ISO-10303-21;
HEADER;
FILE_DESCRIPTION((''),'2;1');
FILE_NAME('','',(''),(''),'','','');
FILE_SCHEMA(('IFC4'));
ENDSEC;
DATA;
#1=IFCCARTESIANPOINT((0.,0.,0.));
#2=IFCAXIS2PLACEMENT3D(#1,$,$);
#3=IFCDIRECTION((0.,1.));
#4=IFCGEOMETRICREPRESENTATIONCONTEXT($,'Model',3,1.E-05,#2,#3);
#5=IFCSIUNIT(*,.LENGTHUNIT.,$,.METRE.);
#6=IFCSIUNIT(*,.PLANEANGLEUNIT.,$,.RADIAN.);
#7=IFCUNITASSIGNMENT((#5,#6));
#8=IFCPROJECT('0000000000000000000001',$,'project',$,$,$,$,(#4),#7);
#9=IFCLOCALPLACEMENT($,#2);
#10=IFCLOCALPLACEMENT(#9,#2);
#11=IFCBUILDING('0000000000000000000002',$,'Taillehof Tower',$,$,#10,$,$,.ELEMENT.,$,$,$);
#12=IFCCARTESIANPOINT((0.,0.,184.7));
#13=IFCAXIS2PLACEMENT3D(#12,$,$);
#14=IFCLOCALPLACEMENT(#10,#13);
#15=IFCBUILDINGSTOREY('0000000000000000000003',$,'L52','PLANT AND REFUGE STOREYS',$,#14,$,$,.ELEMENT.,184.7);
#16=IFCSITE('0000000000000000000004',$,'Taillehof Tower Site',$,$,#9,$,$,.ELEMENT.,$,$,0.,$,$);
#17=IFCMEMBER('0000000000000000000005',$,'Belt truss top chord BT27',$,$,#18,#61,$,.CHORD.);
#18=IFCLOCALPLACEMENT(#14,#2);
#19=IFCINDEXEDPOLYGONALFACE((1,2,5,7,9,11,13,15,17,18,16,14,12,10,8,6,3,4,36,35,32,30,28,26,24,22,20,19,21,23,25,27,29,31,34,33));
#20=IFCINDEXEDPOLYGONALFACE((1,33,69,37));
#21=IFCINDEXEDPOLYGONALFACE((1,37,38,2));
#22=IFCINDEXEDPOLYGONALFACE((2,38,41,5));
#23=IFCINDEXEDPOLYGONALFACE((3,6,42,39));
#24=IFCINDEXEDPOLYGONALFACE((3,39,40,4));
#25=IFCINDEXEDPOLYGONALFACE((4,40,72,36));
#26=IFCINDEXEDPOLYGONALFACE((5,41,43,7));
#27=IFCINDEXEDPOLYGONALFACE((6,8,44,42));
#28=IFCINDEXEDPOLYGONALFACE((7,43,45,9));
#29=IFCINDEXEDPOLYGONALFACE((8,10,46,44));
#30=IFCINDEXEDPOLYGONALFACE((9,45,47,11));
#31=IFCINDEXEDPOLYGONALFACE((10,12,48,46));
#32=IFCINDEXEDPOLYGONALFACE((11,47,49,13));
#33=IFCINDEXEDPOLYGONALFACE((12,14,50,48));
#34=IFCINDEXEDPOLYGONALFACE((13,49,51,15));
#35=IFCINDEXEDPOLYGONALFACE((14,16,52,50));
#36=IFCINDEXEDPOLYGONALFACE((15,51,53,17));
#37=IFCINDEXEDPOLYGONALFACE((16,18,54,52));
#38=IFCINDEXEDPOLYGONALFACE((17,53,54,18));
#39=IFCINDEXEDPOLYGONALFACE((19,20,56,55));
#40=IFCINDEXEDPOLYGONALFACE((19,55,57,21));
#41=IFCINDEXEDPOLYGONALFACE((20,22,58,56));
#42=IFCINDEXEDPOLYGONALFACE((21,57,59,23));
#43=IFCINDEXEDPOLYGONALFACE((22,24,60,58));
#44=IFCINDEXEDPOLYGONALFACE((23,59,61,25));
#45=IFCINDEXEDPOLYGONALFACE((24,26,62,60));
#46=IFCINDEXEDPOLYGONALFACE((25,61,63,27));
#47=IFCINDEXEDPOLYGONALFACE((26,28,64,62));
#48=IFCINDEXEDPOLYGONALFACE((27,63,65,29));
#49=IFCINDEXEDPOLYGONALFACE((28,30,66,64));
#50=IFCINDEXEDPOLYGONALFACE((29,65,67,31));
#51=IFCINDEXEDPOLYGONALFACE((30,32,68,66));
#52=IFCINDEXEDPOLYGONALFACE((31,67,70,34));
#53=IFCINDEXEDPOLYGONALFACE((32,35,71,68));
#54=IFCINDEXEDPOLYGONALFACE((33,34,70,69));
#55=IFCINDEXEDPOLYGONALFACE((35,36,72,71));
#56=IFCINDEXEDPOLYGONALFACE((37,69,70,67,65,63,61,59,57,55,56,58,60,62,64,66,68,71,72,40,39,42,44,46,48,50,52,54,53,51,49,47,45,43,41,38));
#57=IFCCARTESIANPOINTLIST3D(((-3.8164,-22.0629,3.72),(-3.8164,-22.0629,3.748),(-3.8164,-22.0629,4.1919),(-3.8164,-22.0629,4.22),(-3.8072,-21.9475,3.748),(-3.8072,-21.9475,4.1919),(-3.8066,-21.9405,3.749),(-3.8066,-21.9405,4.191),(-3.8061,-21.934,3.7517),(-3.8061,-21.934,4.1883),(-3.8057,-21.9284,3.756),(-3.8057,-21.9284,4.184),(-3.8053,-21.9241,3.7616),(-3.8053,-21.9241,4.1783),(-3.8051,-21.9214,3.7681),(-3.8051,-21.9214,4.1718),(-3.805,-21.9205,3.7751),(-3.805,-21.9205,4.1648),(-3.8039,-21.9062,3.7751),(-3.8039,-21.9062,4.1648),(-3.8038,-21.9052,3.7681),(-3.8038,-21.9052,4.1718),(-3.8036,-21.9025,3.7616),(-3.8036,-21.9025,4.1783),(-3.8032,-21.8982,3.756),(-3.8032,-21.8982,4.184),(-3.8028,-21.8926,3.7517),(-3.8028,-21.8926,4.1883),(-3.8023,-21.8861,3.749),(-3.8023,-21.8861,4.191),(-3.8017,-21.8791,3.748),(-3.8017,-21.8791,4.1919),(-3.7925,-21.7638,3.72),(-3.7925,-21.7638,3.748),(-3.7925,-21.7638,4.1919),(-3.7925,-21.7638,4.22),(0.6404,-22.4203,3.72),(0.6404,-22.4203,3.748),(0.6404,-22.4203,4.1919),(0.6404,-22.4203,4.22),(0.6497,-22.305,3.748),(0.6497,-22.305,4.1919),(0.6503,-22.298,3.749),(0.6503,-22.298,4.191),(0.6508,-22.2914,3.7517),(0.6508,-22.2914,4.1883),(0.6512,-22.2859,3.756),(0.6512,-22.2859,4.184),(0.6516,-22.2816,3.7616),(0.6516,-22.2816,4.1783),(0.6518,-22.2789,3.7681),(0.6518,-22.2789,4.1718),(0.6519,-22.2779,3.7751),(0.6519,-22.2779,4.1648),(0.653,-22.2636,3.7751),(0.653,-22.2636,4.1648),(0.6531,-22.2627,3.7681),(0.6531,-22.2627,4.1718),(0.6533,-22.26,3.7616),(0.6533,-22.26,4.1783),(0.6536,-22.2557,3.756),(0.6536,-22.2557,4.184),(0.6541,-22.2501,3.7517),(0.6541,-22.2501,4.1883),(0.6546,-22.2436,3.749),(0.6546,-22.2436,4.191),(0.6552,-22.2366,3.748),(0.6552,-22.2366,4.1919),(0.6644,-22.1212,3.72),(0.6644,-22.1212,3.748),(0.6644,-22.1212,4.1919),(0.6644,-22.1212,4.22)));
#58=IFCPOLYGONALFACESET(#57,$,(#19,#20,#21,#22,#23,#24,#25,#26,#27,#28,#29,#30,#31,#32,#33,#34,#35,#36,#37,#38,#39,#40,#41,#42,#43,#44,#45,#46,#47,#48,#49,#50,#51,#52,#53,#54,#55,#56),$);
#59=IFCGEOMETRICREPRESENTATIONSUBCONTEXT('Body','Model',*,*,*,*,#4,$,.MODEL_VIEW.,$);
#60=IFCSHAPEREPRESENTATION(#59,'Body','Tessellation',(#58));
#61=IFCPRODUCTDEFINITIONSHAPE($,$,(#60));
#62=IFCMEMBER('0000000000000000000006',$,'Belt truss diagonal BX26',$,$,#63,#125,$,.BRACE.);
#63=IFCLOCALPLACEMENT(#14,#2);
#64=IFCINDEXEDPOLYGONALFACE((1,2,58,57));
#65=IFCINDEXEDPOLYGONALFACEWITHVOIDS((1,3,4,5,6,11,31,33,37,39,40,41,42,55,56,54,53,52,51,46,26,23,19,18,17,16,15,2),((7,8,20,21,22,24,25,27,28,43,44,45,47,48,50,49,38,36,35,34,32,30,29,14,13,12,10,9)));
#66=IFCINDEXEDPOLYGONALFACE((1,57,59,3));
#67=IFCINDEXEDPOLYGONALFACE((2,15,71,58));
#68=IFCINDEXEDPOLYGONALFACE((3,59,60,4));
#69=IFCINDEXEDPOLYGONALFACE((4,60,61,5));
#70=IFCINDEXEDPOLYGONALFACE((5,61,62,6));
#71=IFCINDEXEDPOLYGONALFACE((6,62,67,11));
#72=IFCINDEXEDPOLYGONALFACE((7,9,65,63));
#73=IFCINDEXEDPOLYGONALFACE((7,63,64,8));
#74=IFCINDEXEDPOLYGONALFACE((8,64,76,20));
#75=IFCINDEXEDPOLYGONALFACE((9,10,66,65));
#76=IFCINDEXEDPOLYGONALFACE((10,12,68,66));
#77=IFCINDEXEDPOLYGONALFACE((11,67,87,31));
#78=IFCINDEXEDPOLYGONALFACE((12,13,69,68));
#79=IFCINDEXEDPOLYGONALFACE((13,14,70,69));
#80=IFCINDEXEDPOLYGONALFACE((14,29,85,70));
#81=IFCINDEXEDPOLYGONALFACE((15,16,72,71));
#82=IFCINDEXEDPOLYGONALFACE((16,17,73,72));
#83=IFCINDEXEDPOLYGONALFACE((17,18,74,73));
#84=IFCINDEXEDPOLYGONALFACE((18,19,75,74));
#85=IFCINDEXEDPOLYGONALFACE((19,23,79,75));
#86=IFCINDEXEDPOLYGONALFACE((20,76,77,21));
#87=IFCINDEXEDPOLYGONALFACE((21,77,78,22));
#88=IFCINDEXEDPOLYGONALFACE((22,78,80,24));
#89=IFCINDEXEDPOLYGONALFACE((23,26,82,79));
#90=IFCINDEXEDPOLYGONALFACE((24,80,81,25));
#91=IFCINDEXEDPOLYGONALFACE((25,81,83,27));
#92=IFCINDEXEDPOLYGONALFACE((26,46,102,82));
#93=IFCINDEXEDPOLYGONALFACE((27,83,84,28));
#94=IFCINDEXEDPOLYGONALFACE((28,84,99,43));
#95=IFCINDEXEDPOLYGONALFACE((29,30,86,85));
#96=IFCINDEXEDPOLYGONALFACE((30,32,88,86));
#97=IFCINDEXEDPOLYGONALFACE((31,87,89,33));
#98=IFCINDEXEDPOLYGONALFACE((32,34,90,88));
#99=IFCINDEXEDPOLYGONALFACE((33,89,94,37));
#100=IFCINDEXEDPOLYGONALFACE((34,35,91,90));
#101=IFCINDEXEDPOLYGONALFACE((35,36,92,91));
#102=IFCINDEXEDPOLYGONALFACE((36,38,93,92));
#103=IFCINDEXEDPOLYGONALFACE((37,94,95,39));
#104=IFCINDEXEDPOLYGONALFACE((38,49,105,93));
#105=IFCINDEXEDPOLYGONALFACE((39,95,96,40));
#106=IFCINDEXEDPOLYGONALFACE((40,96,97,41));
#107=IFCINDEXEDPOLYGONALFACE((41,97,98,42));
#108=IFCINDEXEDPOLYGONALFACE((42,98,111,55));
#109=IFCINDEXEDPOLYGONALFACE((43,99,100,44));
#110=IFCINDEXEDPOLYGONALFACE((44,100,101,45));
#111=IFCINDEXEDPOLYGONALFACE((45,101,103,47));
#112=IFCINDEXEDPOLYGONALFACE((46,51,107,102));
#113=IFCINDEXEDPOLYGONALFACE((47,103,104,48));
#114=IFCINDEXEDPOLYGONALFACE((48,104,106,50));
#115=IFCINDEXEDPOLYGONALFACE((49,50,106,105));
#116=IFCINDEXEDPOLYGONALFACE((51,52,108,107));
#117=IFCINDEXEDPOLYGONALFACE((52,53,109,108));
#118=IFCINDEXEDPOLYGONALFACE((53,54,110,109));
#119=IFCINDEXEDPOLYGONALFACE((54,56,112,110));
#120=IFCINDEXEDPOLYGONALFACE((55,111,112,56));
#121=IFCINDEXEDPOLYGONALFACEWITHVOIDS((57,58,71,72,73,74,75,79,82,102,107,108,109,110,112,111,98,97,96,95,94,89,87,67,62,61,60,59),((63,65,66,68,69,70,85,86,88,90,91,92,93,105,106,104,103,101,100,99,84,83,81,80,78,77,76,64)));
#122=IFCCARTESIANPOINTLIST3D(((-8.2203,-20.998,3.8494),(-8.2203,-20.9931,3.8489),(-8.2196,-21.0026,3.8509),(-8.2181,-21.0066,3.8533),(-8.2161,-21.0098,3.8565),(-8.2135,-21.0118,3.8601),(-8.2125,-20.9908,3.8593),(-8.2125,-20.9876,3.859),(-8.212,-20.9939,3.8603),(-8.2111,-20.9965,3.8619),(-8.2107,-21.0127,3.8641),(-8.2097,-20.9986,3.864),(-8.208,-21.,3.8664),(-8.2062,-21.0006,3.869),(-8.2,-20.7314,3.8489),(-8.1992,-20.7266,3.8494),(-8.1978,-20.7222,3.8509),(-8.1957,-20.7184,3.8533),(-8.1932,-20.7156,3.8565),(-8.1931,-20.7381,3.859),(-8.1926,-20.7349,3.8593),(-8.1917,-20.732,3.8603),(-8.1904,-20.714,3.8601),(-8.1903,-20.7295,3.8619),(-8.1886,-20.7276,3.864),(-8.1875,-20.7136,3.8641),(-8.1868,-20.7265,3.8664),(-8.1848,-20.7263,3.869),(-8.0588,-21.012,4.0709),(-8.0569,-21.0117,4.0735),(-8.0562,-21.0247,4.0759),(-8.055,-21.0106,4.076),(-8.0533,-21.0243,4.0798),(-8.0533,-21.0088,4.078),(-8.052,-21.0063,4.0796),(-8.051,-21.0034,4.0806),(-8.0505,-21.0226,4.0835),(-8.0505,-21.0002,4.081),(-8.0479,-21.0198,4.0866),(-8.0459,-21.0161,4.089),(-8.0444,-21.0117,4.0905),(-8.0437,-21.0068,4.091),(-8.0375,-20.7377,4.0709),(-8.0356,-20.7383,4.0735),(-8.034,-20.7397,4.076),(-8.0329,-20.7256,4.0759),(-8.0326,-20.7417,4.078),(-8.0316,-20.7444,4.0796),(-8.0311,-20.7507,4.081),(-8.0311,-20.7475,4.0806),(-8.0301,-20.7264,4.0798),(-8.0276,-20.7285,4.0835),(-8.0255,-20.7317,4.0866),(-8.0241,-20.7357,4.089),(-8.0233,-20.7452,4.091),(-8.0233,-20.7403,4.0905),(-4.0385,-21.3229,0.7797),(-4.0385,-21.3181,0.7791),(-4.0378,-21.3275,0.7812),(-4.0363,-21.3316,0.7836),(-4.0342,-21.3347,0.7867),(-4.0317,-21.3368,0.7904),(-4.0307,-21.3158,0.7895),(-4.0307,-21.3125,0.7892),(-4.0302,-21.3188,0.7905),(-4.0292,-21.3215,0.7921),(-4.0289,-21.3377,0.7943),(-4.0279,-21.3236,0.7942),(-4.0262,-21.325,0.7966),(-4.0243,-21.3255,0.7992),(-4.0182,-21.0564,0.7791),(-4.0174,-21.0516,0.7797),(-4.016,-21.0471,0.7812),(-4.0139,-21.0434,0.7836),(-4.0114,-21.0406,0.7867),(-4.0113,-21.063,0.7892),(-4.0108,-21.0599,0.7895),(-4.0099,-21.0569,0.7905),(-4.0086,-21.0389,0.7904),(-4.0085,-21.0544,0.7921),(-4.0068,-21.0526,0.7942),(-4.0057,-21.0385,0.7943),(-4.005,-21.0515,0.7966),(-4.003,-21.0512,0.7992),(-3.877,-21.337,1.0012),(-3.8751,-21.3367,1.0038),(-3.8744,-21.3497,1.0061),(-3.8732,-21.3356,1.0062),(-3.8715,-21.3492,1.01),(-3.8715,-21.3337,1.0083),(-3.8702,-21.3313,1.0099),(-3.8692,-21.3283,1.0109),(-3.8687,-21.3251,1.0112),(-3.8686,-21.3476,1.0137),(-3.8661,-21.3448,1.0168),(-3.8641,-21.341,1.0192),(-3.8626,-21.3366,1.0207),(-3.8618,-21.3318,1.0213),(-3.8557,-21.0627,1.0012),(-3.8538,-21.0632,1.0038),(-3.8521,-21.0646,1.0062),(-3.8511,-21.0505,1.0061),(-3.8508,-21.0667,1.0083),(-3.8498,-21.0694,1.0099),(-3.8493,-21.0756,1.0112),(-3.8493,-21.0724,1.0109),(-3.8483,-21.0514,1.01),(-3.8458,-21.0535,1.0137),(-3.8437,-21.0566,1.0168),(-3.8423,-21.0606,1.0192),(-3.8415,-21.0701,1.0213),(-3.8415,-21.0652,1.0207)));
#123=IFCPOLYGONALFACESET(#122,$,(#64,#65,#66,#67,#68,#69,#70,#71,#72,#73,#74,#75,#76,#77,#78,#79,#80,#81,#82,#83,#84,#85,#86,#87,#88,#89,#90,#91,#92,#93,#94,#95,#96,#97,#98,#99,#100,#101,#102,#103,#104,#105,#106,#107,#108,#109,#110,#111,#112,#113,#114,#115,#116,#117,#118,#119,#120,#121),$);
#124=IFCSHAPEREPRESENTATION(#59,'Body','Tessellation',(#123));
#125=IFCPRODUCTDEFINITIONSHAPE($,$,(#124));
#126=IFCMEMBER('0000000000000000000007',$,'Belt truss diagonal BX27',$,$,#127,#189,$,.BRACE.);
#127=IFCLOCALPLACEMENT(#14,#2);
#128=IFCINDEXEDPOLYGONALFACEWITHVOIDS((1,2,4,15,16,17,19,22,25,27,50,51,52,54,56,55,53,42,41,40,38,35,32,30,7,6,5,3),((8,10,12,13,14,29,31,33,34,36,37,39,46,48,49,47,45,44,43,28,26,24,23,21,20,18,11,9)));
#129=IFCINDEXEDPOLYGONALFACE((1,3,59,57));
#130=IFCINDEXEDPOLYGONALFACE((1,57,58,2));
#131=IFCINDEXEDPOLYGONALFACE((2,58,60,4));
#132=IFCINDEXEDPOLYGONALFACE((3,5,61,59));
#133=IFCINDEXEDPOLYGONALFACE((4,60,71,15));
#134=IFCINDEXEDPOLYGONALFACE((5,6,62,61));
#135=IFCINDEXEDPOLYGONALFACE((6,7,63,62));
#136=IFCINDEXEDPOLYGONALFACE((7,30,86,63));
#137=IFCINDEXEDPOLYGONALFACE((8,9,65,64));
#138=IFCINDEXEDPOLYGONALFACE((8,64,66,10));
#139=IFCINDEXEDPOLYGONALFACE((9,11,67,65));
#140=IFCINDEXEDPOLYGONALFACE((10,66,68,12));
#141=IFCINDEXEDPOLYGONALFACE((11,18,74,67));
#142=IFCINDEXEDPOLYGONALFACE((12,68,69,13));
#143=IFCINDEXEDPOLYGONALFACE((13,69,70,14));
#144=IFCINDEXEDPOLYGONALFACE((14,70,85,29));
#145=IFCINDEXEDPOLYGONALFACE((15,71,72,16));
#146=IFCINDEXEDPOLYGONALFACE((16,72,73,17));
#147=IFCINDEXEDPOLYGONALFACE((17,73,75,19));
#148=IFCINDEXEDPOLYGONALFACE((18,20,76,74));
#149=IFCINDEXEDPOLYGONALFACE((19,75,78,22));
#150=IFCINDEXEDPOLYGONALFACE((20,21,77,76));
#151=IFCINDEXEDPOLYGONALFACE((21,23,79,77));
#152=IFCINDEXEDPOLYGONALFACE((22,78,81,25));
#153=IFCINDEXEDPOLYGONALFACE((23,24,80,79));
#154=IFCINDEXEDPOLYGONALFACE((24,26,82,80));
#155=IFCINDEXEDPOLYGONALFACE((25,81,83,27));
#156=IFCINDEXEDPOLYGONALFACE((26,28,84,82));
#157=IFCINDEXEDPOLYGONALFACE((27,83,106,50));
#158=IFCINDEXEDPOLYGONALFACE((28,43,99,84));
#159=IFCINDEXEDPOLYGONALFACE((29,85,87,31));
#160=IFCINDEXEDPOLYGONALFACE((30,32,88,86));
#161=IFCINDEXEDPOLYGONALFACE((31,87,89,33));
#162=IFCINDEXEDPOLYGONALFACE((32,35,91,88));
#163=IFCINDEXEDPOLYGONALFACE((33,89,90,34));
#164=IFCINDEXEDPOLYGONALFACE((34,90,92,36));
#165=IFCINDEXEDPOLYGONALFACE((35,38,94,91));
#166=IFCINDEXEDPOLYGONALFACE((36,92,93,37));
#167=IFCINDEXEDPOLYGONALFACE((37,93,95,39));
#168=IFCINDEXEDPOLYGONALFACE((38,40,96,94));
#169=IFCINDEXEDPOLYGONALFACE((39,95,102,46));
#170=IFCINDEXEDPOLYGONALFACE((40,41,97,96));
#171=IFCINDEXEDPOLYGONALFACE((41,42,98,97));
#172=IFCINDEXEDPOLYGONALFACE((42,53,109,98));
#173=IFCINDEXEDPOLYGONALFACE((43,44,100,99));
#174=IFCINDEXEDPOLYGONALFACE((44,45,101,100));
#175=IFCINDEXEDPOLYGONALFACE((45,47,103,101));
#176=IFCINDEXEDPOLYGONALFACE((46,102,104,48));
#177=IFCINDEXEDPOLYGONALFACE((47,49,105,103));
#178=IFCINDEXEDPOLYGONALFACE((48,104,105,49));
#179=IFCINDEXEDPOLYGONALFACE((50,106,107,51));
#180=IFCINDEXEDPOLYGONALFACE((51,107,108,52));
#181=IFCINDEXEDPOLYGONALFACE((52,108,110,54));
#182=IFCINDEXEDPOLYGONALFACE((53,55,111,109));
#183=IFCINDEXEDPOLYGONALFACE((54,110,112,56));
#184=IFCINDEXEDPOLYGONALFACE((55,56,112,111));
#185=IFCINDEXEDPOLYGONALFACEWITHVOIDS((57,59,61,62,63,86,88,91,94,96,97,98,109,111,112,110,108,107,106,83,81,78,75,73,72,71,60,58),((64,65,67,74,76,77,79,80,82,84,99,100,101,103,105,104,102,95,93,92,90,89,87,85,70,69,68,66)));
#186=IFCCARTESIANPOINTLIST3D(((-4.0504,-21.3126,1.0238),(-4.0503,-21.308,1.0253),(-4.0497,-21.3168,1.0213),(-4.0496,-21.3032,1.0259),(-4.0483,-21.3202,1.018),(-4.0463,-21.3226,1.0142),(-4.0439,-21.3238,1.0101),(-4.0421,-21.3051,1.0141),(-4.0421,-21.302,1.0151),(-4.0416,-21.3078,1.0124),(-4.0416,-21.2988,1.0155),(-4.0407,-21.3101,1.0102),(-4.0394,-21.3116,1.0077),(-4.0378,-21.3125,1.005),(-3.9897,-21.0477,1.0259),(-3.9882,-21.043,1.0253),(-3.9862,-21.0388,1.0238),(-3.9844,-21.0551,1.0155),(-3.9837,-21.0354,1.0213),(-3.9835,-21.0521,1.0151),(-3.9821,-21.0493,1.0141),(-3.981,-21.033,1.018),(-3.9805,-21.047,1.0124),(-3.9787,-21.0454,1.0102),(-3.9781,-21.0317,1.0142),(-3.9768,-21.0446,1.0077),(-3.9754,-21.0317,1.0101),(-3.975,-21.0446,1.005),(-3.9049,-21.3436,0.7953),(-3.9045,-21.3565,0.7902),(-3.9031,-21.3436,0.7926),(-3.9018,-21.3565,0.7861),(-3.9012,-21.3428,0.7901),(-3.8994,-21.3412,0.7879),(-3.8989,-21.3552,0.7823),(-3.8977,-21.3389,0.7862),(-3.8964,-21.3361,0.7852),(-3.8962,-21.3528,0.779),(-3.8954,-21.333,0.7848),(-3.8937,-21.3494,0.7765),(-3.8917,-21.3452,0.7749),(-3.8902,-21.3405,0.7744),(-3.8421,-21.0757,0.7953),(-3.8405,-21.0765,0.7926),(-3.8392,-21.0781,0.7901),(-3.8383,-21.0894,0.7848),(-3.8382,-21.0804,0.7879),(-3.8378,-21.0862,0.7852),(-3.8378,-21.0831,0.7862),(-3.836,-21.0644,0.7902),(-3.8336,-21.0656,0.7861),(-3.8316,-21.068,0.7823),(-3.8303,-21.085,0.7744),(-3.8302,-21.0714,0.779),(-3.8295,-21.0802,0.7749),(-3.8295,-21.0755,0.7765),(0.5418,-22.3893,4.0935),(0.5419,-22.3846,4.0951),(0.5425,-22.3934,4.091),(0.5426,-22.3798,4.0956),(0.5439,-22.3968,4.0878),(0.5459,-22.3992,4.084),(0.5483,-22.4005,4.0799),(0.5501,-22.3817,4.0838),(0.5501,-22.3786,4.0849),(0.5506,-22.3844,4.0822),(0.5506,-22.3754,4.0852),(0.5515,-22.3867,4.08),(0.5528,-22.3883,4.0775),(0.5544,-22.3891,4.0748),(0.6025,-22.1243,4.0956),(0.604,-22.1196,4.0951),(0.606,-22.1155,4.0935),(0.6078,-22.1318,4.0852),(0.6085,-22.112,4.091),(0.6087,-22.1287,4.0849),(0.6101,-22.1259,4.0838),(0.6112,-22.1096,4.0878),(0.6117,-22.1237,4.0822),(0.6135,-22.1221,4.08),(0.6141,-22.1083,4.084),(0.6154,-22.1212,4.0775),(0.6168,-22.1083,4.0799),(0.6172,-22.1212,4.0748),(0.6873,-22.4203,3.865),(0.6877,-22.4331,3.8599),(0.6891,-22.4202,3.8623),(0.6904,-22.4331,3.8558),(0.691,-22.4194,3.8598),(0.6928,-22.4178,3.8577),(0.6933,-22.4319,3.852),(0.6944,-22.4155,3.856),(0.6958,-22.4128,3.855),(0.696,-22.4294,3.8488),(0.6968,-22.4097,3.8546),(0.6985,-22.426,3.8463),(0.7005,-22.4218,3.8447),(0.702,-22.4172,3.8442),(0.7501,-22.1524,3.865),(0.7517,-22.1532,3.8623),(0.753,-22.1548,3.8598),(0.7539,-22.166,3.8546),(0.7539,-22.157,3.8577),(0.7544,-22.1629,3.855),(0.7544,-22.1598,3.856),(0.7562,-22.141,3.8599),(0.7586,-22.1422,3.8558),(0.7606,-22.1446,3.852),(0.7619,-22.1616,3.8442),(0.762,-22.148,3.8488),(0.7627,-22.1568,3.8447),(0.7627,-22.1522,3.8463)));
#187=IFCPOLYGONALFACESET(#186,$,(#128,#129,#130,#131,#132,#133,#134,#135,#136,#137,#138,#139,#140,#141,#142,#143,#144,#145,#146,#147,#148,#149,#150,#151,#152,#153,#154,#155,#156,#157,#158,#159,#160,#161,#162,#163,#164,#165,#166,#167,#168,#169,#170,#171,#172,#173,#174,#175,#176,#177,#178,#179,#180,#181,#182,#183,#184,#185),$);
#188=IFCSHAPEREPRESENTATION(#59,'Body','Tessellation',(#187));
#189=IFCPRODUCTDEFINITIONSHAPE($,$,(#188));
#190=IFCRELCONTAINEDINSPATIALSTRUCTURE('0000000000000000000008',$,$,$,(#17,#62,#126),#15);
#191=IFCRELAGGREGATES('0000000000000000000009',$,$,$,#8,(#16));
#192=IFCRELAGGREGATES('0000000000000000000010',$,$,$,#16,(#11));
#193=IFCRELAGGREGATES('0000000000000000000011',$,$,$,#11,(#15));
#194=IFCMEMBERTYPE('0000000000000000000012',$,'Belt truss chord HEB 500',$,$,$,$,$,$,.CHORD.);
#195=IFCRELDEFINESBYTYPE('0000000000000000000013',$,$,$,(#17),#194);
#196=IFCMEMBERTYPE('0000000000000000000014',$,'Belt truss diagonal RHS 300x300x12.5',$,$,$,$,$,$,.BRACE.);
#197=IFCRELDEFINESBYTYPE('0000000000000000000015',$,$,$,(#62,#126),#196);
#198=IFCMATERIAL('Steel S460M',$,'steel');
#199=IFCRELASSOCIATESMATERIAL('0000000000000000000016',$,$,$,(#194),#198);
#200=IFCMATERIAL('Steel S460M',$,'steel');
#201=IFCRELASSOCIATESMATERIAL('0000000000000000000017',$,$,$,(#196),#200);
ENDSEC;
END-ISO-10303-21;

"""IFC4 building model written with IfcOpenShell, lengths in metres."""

from ifc_helpers import new_model, si_unit, direction, frame, origin, origin_2d, place, context, subcontext, project, spatial, hollow_rectangle, i_section, extrude, material, material_profile, profile_set, type_object, element, save


model = new_model("IFC4")

# Units and contexts
model_context = context("Model", 3, precision=1e-05, world=origin(), true_north=direction((0.0, 1.0)))
body_context = subcontext(model_context, "Body", "Model", "MODEL_VIEW")
ifc_project = project(units=[si_unit("LENGTHUNIT", "METRE"), si_unit("PLANEANGLEUNIT", "RADIAN")], contexts=[model_context])

# Site, building, storey
site_placement = place(None, origin())
site = spatial("IfcSite", under=ifc_project, at=site_placement, Name="Taillehof Tower Site", CompositionType="ELEMENT", RefElevation=0.0)
building_placement = place(site_placement, origin())
building = spatial("IfcBuilding", under=site, at=building_placement, Name="Taillehof Tower", CompositionType="ELEMENT")
storey_placement = place(building_placement, frame((0.0, 0.0, 184.7)))
storey = spatial("IfcBuildingStorey", under=building, at=storey_placement, Name="L52", Description="PLANT AND REFUGE STOREYS", CompositionType="ELEMENT", Elevation=184.7)

# Members
ifc_material_1 = material(Name="Steel S460M", Category="steel")
ifc_material_profile_1 = material_profile(ifc_material_1, i_section(OverallWidth=0.3, OverallDepth=0.5, WebThickness=0.0144, FlangeThickness=0.0281, FilletRadius=0.0271, at=origin_2d()), Name="HEB 500")
ifc_profile_set_1 = profile_set([ifc_material_profile_1], Name="Steel S460M")
member_type_1 = type_object("IfcMemberType", Name="Belt truss chord HEB 500", PredefinedType="CHORD", material=ifc_profile_set_1)
member_1_placement = place(storey_placement, frame((-3.8044, -21.9133, 3.97), z_axis=(0.9968, -0.079941, 0.0), x_axis=(0.079941, 0.9968, 0.0)))
element("IfcMember", 1, at=member_1_placement, inside=storey, type_object=member_type_1, Name="Belt truss top chord BT27", PredefinedType="CHORD", context=body_context, shape_type="SweptSolid", body=[
    extrude(i_section(OverallWidth=0.3, OverallDepth=0.5, WebThickness=0.0144, FlangeThickness=0.0281, FilletRadius=0.0271, at=origin_2d()), origin(), (0.0, 0.0, 1.0), 4.4712),
])
ifc_material_2 = material(Name="Steel S460M", Category="steel")
ifc_material_profile_2 = material_profile(ifc_material_2, hollow_rectangle(XDim=0.3, YDim=0.3, WallThickness=0.0125, InnerFilletRadius=0.0125, OuterFilletRadius=0.0188, at=origin_2d()), Name="RHS 300x300x12.5")
ifc_profile_set_2 = profile_set([ifc_material_profile_2], Name="Steel S460M")
member_type_2 = type_object("IfcMemberType", Name="Belt truss diagonal RHS 300x300x12.5", PredefinedType="BRACE", material=ifc_profile_set_2)
member_2_placement = place(storey_placement, frame((-8.1218, -20.8691, 3.97), z_axis=(0.804542, -0.062517, -0.590596), x_axis=(0.077471, 0.996995, 0.0)))
element("IfcMember", 2, at=member_2_placement, inside=storey, type_object=member_type_2, Name="Belt truss diagonal BX26", PredefinedType="BRACE", context=body_context, shape_type="SweptSolid", body=[
    extrude(hollow_rectangle(XDim=0.3, YDim=0.3, WallThickness=0.0125, InnerFilletRadius=0.0125, OuterFilletRadius=0.0188, at=origin_2d()), origin(), (0.0, 0.0, 1.0), 5.1978),
])
member_3_placement = place(storey_placement, frame((-3.9399, -21.1941, 0.9001), z_axis=(0.816, -0.191311, 0.545475), x_axis=(0.22826, 0.9736, 0.0)))
element("IfcMember", 3, at=member_3_placement, inside=storey, type_object=member_type_2, Name="Belt truss diagonal BX27", PredefinedType="BRACE", context=body_context, shape_type="SweptSolid", body=[
    extrude(hollow_rectangle(XDim=0.3, YDim=0.3, WallThickness=0.0125, InnerFilletRadius=0.0125, OuterFilletRadius=0.0188, at=origin_2d()), origin(), (0.0, 0.0, 1.0), 5.6277),
])

save(model, "model.ifc")
